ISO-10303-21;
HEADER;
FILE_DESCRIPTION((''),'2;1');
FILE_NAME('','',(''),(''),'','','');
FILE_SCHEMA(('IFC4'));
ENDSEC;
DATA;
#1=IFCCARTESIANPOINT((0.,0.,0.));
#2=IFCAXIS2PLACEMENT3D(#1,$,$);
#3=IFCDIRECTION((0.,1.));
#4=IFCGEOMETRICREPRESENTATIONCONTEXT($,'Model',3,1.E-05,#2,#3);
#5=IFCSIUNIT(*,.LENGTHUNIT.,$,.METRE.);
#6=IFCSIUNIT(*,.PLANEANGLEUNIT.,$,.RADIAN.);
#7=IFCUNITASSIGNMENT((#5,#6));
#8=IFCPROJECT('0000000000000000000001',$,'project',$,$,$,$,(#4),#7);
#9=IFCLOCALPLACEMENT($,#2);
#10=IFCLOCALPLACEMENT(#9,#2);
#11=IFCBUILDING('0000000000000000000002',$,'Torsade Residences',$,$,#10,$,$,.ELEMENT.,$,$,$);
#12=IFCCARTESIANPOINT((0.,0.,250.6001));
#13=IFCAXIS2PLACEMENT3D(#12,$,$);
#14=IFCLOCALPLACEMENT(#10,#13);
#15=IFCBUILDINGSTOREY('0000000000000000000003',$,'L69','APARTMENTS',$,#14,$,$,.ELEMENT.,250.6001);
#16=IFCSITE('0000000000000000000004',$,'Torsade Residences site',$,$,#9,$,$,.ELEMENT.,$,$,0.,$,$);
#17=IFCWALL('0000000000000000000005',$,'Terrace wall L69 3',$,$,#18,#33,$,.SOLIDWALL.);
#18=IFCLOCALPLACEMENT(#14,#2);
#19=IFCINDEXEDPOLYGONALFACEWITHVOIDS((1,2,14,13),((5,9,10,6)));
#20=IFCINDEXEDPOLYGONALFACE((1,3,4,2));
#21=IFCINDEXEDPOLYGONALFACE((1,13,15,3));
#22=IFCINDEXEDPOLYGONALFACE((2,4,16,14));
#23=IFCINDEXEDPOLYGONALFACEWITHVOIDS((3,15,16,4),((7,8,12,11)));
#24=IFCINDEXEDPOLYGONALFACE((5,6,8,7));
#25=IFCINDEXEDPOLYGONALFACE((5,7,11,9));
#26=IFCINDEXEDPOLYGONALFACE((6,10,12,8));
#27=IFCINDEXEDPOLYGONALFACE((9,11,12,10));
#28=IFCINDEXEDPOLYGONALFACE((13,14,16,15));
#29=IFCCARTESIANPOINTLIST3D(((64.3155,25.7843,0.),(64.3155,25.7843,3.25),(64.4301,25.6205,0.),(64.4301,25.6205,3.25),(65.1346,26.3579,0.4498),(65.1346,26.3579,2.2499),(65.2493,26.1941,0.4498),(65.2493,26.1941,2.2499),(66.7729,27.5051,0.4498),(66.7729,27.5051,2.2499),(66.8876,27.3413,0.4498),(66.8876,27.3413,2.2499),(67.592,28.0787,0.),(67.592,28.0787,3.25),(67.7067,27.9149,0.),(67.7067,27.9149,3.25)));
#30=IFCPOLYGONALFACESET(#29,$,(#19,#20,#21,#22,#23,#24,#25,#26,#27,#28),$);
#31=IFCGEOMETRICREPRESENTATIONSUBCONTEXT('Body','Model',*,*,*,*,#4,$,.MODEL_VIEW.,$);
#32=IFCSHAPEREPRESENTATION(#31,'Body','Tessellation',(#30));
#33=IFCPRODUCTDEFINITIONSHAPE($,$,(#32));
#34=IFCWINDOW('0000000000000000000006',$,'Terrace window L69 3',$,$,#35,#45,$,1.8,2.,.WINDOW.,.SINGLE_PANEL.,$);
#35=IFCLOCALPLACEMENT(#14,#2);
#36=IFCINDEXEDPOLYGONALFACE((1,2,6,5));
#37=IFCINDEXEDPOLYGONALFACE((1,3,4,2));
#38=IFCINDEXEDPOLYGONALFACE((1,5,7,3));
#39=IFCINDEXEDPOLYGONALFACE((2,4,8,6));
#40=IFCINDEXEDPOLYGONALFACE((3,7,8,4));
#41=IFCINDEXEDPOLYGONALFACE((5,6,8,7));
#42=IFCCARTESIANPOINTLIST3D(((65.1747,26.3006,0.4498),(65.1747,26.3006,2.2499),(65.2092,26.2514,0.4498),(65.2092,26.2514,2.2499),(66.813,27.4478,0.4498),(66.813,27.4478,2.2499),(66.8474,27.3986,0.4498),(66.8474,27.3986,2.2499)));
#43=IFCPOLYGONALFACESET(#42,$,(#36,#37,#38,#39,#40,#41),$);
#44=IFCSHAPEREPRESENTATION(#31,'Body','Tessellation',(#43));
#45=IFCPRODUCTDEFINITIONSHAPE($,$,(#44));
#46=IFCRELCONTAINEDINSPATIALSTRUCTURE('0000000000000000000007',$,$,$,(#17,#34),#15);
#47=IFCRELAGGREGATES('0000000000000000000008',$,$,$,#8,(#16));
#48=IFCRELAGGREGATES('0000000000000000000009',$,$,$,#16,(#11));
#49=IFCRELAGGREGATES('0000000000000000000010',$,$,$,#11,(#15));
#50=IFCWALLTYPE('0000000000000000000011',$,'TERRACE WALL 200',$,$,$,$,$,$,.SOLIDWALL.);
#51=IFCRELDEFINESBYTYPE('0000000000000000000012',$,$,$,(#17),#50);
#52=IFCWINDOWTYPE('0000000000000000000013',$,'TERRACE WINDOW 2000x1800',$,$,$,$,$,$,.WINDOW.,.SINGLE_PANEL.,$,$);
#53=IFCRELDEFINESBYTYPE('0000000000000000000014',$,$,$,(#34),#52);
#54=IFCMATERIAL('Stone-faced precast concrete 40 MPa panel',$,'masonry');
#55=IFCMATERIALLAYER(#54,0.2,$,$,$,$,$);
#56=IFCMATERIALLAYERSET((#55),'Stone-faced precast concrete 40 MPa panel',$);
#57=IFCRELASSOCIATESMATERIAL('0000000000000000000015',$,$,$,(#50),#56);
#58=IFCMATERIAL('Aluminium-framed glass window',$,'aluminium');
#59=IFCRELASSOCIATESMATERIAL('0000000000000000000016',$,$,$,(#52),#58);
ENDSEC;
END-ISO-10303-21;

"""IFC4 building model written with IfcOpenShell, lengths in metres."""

from ifc_helpers import new_model, si_unit, direction, frame, frame_2d, origin, place, context, subcontext, project, spatial, rectangle, extrude, material, layer, layer_set, type_object, element, fill, save


model = new_model("IFC4")

# Units and contexts
model_context = context("Model", 3, precision=1e-05, world=origin(), true_north=direction((0.0, 1.0)))
body_context = subcontext(model_context, "Body", "Model", "MODEL_VIEW")
ifc_project = project(units=[si_unit("LENGTHUNIT", "METRE"), si_unit("PLANEANGLEUNIT", "RADIAN")], contexts=[model_context])

# Site, building, storey
site_placement = place(None, origin())
site = spatial("IfcSite", under=ifc_project, at=site_placement, Name="Torsade Residences site", CompositionType="ELEMENT", RefElevation=0.0)
building_placement = place(site_placement, origin())
building = spatial("IfcBuilding", under=site, at=building_placement, Name="Torsade Residences", CompositionType="ELEMENT")
storey_placement = place(building_placement, frame((0.0, 0.0, 250.6001)))
storey = spatial("IfcBuildingStorey", under=building, at=storey_placement, Name="L69", Description="APARTMENTS", CompositionType="ELEMENT", Elevation=250.6001)

# Shared definitions
ifc_material_1 = material(Name="Stone-faced precast concrete 40 MPa panel", Category="masonry")
ifc_layer_1 = layer(ifc_material_1, 0.2)
ifc_layer_set_1 = layer_set([ifc_layer_1], Name="Stone-faced precast concrete 40 MPa panel")
wall_type_1 = type_object("IfcWallType", Name="TERRACE WALL 200", PredefinedType="SOLIDWALL", material=ifc_layer_set_1)

# Wall, opening, window
wall_1_placement = place(storey_placement, frame((64.3728, 25.7024, 0.0), z_axis=(0.0, 0.0, 1.0), x_axis=(0.819137, 0.573598, 0.0)))
wall_1 = element("IfcWall", 1, at=wall_1_placement, inside=storey, type_object=wall_type_1, Name="Terrace wall L69 3", PredefinedType="SOLIDWALL", context=body_context, shape_type="SweptSolid", body=[
    extrude(rectangle(XDim=4.0, YDim=0.2, at=frame_2d((2.0, 0.0))), origin(), (0.0, 0.0, 1.0), 3.25),
])
opening_1_placement = place(wall_1_placement, frame((1.0, 0.0, 0.45)))
opening_1 = element("IfcOpeningElement", 2, at=opening_1_placement, cuts=wall_1, PredefinedType="OPENING", context=body_context, shape_type="SweptSolid", body=[
    extrude(rectangle(XDim=2.0, YDim=1.8, at=frame_2d((1.0, 0.8999))), frame((0.0, 0.1099, 0.0), z_axis=(0.0, -1.0, 0.0), x_axis=(1.0, 0.0, 0.0)), (0.0, 0.0, 1.0), 0.22),
])
ifc_material_2 = material(Name="Aluminium-framed glass window", Category="aluminium")
window_type = type_object("IfcWindowType", Name="TERRACE WINDOW 2000x1800", PartitioningType="SINGLE_PANEL", PredefinedType="WINDOW", material=ifc_material_2)
window_placement = place(opening_1_placement, origin())
window = element("IfcWindow", 3, at=window_placement, inside=storey, type_object=window_type, Name="Terrace window L69 3", OverallHeight=1.8, OverallWidth=2.0, PartitioningType="SINGLE_PANEL", PredefinedType="WINDOW", context=body_context, shape_type="SweptSolid", body=[
    extrude(rectangle(XDim=2.0, YDim=1.8, at=frame_2d((1.0, 0.8999))), frame((0.0, 0.03, 0.0), z_axis=(0.0, -1.0, 0.0), x_axis=(1.0, 0.0, 0.0)), (0.0, 0.0, 1.0), 0.0601),
])
fill(opening_1, window)

save(model, "model.ifc")
